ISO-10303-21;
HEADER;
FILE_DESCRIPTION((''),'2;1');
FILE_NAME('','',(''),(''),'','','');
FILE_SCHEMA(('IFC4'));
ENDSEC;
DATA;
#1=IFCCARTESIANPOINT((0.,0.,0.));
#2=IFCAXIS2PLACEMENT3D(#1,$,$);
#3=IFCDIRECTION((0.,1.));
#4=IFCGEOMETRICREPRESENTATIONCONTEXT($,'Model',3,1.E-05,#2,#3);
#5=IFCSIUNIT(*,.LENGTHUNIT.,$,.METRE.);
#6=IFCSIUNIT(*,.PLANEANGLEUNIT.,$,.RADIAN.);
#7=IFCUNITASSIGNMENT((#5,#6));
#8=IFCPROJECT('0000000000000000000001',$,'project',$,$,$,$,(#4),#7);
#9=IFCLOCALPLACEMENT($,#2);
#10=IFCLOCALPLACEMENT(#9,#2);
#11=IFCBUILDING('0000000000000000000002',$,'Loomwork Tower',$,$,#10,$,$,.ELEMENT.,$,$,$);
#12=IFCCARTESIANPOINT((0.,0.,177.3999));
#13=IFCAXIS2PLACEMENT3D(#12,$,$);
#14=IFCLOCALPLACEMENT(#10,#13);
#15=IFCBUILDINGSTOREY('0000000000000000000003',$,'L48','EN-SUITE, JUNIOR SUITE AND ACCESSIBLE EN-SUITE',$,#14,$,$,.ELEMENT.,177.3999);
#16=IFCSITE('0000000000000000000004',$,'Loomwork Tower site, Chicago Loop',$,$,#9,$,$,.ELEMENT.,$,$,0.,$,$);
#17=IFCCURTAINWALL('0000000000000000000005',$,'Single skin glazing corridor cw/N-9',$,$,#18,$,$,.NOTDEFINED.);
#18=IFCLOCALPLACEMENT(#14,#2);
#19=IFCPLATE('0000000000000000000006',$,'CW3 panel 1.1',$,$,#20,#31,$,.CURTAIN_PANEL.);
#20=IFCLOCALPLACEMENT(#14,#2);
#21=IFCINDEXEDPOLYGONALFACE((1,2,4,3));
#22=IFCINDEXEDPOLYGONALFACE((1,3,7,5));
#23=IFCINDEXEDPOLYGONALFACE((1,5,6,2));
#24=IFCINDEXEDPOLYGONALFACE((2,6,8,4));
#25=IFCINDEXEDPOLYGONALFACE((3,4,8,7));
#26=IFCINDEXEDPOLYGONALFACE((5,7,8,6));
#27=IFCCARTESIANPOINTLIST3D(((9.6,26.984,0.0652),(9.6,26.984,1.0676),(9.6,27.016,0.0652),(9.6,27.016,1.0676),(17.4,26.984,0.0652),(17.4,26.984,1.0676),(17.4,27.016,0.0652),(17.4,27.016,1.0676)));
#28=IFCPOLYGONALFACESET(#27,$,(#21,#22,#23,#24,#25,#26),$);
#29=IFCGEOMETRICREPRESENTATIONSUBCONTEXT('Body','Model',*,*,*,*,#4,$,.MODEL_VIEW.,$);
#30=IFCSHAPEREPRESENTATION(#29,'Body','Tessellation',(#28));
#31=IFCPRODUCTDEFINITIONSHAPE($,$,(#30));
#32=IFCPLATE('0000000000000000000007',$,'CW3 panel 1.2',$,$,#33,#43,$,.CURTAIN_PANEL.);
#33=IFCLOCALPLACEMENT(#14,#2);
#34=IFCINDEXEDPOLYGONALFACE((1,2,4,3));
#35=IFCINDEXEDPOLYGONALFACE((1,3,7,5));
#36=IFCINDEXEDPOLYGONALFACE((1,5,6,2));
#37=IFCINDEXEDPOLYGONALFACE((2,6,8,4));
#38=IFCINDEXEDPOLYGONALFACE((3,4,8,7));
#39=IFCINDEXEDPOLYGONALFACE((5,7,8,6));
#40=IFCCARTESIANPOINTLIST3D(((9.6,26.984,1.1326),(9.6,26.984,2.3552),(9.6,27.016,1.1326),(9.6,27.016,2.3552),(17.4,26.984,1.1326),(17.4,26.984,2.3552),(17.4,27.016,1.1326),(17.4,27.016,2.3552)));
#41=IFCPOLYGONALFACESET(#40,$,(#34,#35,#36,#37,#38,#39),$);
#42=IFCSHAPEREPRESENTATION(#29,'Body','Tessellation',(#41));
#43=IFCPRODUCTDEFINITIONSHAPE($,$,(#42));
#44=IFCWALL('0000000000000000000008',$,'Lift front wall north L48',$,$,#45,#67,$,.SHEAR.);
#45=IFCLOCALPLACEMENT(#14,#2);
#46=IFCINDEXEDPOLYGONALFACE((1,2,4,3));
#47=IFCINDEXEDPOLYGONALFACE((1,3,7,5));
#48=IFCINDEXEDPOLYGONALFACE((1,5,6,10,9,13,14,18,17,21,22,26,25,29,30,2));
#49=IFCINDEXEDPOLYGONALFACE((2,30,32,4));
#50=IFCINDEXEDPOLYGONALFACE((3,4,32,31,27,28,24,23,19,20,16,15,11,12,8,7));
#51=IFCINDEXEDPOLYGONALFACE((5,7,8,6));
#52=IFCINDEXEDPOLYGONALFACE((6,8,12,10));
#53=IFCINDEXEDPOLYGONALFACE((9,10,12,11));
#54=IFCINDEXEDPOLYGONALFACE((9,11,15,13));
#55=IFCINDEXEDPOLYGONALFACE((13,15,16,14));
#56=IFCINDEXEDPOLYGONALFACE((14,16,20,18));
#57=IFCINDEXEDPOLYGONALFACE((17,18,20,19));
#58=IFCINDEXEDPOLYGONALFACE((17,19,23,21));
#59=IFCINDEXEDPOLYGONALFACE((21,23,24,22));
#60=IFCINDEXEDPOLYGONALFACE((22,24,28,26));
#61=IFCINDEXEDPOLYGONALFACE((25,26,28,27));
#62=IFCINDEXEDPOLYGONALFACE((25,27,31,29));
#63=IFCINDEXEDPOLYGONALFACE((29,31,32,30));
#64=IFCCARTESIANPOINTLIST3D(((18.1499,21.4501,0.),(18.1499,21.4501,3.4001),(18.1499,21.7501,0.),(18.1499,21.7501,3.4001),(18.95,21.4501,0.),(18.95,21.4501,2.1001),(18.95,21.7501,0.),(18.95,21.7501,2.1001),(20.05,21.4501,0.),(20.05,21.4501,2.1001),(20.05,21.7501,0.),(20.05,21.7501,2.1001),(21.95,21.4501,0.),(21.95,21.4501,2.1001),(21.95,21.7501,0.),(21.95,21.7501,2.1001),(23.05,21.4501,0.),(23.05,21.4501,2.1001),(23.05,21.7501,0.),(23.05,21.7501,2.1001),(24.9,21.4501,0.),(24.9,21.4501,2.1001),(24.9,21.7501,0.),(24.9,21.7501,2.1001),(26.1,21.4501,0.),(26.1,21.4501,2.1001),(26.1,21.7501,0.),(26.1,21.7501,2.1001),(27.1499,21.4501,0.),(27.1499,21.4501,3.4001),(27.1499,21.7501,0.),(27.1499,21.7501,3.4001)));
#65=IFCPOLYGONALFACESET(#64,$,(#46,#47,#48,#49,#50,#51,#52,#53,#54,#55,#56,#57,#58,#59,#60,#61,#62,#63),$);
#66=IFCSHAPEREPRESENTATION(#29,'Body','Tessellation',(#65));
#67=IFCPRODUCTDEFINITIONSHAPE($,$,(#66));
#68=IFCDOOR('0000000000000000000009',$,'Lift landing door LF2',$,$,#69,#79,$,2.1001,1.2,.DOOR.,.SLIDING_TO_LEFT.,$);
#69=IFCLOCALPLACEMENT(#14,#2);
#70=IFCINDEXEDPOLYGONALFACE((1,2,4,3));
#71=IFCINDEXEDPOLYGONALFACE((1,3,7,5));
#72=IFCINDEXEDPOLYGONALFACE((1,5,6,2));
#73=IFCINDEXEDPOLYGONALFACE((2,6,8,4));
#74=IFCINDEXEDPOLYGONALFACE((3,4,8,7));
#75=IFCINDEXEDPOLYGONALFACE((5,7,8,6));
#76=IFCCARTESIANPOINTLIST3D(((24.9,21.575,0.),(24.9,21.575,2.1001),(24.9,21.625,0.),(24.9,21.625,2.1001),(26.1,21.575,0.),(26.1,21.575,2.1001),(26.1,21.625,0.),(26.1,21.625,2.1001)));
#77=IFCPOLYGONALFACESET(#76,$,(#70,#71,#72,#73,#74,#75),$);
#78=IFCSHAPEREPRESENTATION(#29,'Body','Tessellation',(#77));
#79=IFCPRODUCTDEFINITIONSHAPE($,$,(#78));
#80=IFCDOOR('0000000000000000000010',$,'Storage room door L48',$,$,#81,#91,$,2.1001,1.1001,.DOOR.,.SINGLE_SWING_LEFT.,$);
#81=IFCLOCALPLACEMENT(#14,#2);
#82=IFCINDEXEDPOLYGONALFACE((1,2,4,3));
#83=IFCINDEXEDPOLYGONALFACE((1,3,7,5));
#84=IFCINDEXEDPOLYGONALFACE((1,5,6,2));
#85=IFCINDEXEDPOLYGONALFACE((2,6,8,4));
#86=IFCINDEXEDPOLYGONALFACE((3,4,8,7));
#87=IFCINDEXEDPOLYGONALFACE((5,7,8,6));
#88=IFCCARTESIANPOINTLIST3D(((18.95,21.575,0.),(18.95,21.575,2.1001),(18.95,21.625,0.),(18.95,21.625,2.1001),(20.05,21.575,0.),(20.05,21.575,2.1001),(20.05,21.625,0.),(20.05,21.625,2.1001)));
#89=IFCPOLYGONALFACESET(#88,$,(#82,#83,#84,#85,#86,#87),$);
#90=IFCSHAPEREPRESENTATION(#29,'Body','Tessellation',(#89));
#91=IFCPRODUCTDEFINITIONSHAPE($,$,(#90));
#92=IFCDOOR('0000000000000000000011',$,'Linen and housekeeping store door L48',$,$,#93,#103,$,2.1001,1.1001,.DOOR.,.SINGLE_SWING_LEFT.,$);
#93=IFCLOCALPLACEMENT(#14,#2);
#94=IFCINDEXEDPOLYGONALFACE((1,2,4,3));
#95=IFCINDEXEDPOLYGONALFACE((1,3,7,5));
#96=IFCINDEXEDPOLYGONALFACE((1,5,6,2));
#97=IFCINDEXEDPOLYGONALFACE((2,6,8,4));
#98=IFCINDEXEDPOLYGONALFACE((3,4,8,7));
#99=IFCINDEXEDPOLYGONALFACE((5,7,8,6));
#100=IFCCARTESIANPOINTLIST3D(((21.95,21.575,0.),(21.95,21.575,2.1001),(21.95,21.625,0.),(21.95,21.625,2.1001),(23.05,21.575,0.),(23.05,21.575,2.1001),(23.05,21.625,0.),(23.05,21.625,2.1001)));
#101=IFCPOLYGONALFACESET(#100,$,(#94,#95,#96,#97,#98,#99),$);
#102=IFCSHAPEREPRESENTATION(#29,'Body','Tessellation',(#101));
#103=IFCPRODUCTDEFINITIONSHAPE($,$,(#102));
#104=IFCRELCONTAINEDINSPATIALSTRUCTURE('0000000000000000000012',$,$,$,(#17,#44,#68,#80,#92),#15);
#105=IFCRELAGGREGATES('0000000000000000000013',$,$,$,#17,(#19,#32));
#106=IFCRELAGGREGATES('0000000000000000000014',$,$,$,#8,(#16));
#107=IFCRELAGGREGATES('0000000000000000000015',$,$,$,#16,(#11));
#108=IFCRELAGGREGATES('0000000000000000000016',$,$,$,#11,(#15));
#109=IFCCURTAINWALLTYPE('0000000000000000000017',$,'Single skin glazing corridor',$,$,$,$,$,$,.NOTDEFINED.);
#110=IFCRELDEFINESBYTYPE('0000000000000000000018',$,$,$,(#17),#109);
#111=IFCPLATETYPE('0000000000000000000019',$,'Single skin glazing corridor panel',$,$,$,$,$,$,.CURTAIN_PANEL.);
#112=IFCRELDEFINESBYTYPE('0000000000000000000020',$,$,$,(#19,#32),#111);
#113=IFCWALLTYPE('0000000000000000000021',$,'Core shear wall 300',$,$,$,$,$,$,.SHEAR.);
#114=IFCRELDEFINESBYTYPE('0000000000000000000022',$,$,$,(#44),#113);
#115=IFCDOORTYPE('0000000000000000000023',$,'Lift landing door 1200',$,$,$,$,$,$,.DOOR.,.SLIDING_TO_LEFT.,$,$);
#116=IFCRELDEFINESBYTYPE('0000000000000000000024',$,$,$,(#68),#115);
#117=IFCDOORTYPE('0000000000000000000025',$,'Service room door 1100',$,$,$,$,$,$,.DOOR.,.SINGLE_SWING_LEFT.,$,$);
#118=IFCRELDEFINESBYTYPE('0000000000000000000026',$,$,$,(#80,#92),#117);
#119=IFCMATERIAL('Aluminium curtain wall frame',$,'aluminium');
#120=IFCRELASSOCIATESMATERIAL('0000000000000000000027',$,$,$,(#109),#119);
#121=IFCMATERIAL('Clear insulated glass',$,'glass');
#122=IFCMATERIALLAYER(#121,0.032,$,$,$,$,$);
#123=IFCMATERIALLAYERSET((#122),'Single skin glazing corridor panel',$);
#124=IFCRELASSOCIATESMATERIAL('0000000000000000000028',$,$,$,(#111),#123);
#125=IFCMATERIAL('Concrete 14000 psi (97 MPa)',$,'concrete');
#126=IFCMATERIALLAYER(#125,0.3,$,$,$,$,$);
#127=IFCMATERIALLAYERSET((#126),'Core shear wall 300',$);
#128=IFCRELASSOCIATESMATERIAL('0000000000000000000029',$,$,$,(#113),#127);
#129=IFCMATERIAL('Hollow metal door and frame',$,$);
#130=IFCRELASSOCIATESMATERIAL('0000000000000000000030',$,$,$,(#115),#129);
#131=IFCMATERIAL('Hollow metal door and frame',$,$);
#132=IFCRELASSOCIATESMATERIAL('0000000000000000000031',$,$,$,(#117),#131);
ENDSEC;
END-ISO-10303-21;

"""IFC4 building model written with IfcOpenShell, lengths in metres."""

from ifc_helpers import new_model, si_unit, direction, frame, frame_2d, origin, origin_2d, place, context, subcontext, project, spatial, rectangle, extrude, material, layer, layer_set, type_object, element, fill, aggregate, save


model = new_model("IFC4")

# Units and contexts
model_context = context("Model", 3, precision=1e-05, world=origin(), true_north=direction((0.0, 1.0)))
body_context = subcontext(model_context, "Body", "Model", "MODEL_VIEW")
ifc_project = project(units=[si_unit("LENGTHUNIT", "METRE"), si_unit("PLANEANGLEUNIT", "RADIAN")], contexts=[model_context])

# Site, building, storey
site_placement = place(None, origin())
site = spatial("IfcSite", under=ifc_project, at=site_placement, Name="Loomwork Tower site, Chicago Loop", CompositionType="ELEMENT", RefElevation=0.0)
building_placement = place(site_placement, origin())
building = spatial("IfcBuilding", under=site, at=building_placement, Name="Loomwork Tower", CompositionType="ELEMENT")
storey_placement = place(building_placement, frame((0.0, 0.0, 177.3999)))
storey = spatial("IfcBuildingStorey", under=building, at=storey_placement, Name="L48", Description="EN-SUITE, JUNIOR SUITE AND ACCESSIBLE EN-SUITE", CompositionType="ELEMENT", Elevation=177.3999)

# Shared definitions
ifc_material_1 = material(Name="Aluminium curtain wall frame", Category="aluminium")
curtain_wall_type = type_object("IfcCurtainWallType", Name="Single skin glazing corridor", PredefinedType="NOTDEFINED", material=ifc_material_1)

# Curtain wall, plates
curtain_wall_1_placement = place(storey_placement, origin())
curtain_wall_1 = element("IfcCurtainWall", 1, at=curtain_wall_1_placement, inside=storey, type_object=curtain_wall_type, Name="Single skin glazing corridor cw/N-9", PredefinedType="NOTDEFINED")
ifc_material_2 = material(Name="Clear insulated glass", Category="glass")
ifc_layer_1 = layer(ifc_material_2, 0.032)
ifc_layer_set_1 = layer_set([ifc_layer_1], Name="Single skin glazing corridor panel")
plate_type = type_object("IfcPlateType", Name="Single skin glazing corridor panel", PredefinedType="CURTAIN_PANEL", material=ifc_layer_set_1)
plate_1_placement = place(storey_placement, frame((13.5, 27.0, 0.0652), z_axis=(0.0, 0.0, 1.0), x_axis=(-1.0, 0.0, 0.0)))
plate_1 = element("IfcPlate", 2, at=plate_1_placement, type_object=plate_type, Name="CW3 panel 1.1", PredefinedType="CURTAIN_PANEL", context=body_context, shape_type="SweptSolid", body=[
    extrude(rectangle(XDim=7.8, YDim=0.032, at=origin_2d()), origin(), (0.0, 0.0, 1.0), 1.0024),
])
plate_2_placement = place(storey_placement, frame((13.5, 27.0, 1.1326), z_axis=(0.0, 0.0, 1.0), x_axis=(-1.0, 0.0, 0.0)))
plate_2 = element("IfcPlate", 3, at=plate_2_placement, type_object=plate_type, Name="CW3 panel 1.2", PredefinedType="CURTAIN_PANEL", context=body_context, shape_type="SweptSolid", body=[
    extrude(rectangle(XDim=7.8, YDim=0.032, at=origin_2d()), origin(), (0.0, 0.0, 1.0), 1.2227),
])
aggregate(curtain_wall_1, [plate_1, plate_2])

# Wall, openings, doors
ifc_material_3 = material(Name="Concrete 14000 psi (97 MPa)", Category="concrete")
ifc_layer_2 = layer(ifc_material_3, 0.3)
ifc_layer_set_2 = layer_set([ifc_layer_2], Name="Core shear wall 300")
wall_type_1 = type_object("IfcWallType", Name="Core shear wall 300", PredefinedType="SHEAR", material=ifc_layer_set_2)
wall_1_placement = place(storey_placement, frame((18.1499, 21.6001, 0.0), z_axis=(0.0, 0.0, 1.0), x_axis=(1.0, 0.0, 0.0)))
wall_1 = element("IfcWall", 4, at=wall_1_placement, inside=storey, type_object=wall_type_1, Name="Lift front wall north L48", PredefinedType="SHEAR", context=body_context, shape_type="SweptSolid", body=[
    extrude(rectangle(XDim=9.0, YDim=0.3, at=frame_2d((4.5, 0.0))), origin(), (0.0, 0.0, 1.0), 3.4001),
])
opening_1_placement = place(wall_1_placement, frame((6.75, 0.0, 0.0)))
opening_1 = element("IfcOpeningElement", 5, at=opening_1_placement, cuts=wall_1, PredefinedType="OPENING", context=body_context, shape_type="SweptSolid", body=[
    extrude(rectangle(XDim=1.2, YDim=2.1001, at=frame_2d((0.6001, 1.05))), frame((0.0, 0.1599, 0.0), z_axis=(0.0, -1.0, 0.0), x_axis=(1.0, 0.0, 0.0)), (0.0, 0.0, 1.0), 0.3201),
])
opening_2_placement = place(wall_1_placement, frame((0.8, 0.0, 0.0)))
opening_2 = element("IfcOpeningElement", 6, at=opening_2_placement, cuts=wall_1, PredefinedType="OPENING", context=body_context, shape_type="SweptSolid", body=[
    extrude(rectangle(XDim=1.1001, YDim=2.1001, at=frame_2d((0.55, 1.05))), frame((0.0, 0.1599, 0.0), z_axis=(0.0, -1.0, 0.0), x_axis=(1.0, 0.0, 0.0)), (0.0, 0.0, 1.0), 0.3201),
])
opening_3_placement = place(wall_1_placement, frame((3.8, 0.0, 0.0)))
opening_3 = element("IfcOpeningElement", 7, at=opening_3_placement, cuts=wall_1, PredefinedType="OPENING", context=body_context, shape_type="SweptSolid", body=[
    extrude(rectangle(XDim=1.1001, YDim=2.1001, at=frame_2d((0.55, 1.05))), frame((0.0, 0.1599, 0.0), z_axis=(0.0, -1.0, 0.0), x_axis=(1.0, 0.0, 0.0)), (0.0, 0.0, 1.0), 0.3201),
])
ifc_material_4 = material(Name="Hollow metal door and frame")
door_type_1 = type_object("IfcDoorType", Name="Lift landing door 1200", OperationType="SLIDING_TO_LEFT", PredefinedType="DOOR", material=ifc_material_4)
door_1_placement = place(opening_1_placement, origin())
door_1 = element("IfcDoor", 8, at=door_1_placement, inside=storey, type_object=door_type_1, Name="Lift landing door LF2", OperationType="SLIDING_TO_LEFT", OverallHeight=2.1001, OverallWidth=1.2, PredefinedType="DOOR", context=body_context, shape_type="SweptSolid", body=[
    extrude(rectangle(XDim=1.2, YDim=2.1001, at=frame_2d((0.6001, 1.05))), frame((0.0, 0.0249, 0.0), z_axis=(0.0, -1.0, 0.0), x_axis=(1.0, 0.0, 0.0)), (0.0, 0.0, 1.0), 0.05),
])
fill(opening_1, door_1)
ifc_material_5 = material(Name="Hollow metal door and frame")
door_type_2 = type_object("IfcDoorType", Name="Service room door 1100", OperationType="SINGLE_SWING_LEFT", PredefinedType="DOOR", material=ifc_material_5)
door_2_placement = place(opening_2_placement, origin())
door_2 = element("IfcDoor", 9, at=door_2_placement, inside=storey, type_object=door_type_2, Name="Storage room door L48", OperationType="SINGLE_SWING_LEFT", OverallHeight=2.1001, OverallWidth=1.1001, PredefinedType="DOOR", context=body_context, shape_type="SweptSolid", body=[
    extrude(rectangle(XDim=1.1001, YDim=2.1001, at=frame_2d((0.55, 1.05))), frame((0.0, 0.0249, 0.0), z_axis=(0.0, -1.0, 0.0), x_axis=(1.0, 0.0, 0.0)), (0.0, 0.0, 1.0), 0.05),
])
fill(opening_2, door_2)
door_3_placement = place(opening_3_placement, origin())
door_3 = element("IfcDoor", 10, at=door_3_placement, inside=storey, type_object=door_type_2, Name="Linen and housekeeping store door L48", OperationType="SINGLE_SWING_LEFT", OverallHeight=2.1001, OverallWidth=1.1001, PredefinedType="DOOR", context=body_context, shape_type="SweptSolid", body=[
    extrude(rectangle(XDim=1.1001, YDim=2.1001, at=frame_2d((0.55, 1.05))), frame((0.0, 0.0249, 0.0), z_axis=(0.0, -1.0, 0.0), x_axis=(1.0, 0.0, 0.0)), (0.0, 0.0, 1.0), 0.05),
])
fill(opening_3, door_3)

save(model, "model.ifc")
